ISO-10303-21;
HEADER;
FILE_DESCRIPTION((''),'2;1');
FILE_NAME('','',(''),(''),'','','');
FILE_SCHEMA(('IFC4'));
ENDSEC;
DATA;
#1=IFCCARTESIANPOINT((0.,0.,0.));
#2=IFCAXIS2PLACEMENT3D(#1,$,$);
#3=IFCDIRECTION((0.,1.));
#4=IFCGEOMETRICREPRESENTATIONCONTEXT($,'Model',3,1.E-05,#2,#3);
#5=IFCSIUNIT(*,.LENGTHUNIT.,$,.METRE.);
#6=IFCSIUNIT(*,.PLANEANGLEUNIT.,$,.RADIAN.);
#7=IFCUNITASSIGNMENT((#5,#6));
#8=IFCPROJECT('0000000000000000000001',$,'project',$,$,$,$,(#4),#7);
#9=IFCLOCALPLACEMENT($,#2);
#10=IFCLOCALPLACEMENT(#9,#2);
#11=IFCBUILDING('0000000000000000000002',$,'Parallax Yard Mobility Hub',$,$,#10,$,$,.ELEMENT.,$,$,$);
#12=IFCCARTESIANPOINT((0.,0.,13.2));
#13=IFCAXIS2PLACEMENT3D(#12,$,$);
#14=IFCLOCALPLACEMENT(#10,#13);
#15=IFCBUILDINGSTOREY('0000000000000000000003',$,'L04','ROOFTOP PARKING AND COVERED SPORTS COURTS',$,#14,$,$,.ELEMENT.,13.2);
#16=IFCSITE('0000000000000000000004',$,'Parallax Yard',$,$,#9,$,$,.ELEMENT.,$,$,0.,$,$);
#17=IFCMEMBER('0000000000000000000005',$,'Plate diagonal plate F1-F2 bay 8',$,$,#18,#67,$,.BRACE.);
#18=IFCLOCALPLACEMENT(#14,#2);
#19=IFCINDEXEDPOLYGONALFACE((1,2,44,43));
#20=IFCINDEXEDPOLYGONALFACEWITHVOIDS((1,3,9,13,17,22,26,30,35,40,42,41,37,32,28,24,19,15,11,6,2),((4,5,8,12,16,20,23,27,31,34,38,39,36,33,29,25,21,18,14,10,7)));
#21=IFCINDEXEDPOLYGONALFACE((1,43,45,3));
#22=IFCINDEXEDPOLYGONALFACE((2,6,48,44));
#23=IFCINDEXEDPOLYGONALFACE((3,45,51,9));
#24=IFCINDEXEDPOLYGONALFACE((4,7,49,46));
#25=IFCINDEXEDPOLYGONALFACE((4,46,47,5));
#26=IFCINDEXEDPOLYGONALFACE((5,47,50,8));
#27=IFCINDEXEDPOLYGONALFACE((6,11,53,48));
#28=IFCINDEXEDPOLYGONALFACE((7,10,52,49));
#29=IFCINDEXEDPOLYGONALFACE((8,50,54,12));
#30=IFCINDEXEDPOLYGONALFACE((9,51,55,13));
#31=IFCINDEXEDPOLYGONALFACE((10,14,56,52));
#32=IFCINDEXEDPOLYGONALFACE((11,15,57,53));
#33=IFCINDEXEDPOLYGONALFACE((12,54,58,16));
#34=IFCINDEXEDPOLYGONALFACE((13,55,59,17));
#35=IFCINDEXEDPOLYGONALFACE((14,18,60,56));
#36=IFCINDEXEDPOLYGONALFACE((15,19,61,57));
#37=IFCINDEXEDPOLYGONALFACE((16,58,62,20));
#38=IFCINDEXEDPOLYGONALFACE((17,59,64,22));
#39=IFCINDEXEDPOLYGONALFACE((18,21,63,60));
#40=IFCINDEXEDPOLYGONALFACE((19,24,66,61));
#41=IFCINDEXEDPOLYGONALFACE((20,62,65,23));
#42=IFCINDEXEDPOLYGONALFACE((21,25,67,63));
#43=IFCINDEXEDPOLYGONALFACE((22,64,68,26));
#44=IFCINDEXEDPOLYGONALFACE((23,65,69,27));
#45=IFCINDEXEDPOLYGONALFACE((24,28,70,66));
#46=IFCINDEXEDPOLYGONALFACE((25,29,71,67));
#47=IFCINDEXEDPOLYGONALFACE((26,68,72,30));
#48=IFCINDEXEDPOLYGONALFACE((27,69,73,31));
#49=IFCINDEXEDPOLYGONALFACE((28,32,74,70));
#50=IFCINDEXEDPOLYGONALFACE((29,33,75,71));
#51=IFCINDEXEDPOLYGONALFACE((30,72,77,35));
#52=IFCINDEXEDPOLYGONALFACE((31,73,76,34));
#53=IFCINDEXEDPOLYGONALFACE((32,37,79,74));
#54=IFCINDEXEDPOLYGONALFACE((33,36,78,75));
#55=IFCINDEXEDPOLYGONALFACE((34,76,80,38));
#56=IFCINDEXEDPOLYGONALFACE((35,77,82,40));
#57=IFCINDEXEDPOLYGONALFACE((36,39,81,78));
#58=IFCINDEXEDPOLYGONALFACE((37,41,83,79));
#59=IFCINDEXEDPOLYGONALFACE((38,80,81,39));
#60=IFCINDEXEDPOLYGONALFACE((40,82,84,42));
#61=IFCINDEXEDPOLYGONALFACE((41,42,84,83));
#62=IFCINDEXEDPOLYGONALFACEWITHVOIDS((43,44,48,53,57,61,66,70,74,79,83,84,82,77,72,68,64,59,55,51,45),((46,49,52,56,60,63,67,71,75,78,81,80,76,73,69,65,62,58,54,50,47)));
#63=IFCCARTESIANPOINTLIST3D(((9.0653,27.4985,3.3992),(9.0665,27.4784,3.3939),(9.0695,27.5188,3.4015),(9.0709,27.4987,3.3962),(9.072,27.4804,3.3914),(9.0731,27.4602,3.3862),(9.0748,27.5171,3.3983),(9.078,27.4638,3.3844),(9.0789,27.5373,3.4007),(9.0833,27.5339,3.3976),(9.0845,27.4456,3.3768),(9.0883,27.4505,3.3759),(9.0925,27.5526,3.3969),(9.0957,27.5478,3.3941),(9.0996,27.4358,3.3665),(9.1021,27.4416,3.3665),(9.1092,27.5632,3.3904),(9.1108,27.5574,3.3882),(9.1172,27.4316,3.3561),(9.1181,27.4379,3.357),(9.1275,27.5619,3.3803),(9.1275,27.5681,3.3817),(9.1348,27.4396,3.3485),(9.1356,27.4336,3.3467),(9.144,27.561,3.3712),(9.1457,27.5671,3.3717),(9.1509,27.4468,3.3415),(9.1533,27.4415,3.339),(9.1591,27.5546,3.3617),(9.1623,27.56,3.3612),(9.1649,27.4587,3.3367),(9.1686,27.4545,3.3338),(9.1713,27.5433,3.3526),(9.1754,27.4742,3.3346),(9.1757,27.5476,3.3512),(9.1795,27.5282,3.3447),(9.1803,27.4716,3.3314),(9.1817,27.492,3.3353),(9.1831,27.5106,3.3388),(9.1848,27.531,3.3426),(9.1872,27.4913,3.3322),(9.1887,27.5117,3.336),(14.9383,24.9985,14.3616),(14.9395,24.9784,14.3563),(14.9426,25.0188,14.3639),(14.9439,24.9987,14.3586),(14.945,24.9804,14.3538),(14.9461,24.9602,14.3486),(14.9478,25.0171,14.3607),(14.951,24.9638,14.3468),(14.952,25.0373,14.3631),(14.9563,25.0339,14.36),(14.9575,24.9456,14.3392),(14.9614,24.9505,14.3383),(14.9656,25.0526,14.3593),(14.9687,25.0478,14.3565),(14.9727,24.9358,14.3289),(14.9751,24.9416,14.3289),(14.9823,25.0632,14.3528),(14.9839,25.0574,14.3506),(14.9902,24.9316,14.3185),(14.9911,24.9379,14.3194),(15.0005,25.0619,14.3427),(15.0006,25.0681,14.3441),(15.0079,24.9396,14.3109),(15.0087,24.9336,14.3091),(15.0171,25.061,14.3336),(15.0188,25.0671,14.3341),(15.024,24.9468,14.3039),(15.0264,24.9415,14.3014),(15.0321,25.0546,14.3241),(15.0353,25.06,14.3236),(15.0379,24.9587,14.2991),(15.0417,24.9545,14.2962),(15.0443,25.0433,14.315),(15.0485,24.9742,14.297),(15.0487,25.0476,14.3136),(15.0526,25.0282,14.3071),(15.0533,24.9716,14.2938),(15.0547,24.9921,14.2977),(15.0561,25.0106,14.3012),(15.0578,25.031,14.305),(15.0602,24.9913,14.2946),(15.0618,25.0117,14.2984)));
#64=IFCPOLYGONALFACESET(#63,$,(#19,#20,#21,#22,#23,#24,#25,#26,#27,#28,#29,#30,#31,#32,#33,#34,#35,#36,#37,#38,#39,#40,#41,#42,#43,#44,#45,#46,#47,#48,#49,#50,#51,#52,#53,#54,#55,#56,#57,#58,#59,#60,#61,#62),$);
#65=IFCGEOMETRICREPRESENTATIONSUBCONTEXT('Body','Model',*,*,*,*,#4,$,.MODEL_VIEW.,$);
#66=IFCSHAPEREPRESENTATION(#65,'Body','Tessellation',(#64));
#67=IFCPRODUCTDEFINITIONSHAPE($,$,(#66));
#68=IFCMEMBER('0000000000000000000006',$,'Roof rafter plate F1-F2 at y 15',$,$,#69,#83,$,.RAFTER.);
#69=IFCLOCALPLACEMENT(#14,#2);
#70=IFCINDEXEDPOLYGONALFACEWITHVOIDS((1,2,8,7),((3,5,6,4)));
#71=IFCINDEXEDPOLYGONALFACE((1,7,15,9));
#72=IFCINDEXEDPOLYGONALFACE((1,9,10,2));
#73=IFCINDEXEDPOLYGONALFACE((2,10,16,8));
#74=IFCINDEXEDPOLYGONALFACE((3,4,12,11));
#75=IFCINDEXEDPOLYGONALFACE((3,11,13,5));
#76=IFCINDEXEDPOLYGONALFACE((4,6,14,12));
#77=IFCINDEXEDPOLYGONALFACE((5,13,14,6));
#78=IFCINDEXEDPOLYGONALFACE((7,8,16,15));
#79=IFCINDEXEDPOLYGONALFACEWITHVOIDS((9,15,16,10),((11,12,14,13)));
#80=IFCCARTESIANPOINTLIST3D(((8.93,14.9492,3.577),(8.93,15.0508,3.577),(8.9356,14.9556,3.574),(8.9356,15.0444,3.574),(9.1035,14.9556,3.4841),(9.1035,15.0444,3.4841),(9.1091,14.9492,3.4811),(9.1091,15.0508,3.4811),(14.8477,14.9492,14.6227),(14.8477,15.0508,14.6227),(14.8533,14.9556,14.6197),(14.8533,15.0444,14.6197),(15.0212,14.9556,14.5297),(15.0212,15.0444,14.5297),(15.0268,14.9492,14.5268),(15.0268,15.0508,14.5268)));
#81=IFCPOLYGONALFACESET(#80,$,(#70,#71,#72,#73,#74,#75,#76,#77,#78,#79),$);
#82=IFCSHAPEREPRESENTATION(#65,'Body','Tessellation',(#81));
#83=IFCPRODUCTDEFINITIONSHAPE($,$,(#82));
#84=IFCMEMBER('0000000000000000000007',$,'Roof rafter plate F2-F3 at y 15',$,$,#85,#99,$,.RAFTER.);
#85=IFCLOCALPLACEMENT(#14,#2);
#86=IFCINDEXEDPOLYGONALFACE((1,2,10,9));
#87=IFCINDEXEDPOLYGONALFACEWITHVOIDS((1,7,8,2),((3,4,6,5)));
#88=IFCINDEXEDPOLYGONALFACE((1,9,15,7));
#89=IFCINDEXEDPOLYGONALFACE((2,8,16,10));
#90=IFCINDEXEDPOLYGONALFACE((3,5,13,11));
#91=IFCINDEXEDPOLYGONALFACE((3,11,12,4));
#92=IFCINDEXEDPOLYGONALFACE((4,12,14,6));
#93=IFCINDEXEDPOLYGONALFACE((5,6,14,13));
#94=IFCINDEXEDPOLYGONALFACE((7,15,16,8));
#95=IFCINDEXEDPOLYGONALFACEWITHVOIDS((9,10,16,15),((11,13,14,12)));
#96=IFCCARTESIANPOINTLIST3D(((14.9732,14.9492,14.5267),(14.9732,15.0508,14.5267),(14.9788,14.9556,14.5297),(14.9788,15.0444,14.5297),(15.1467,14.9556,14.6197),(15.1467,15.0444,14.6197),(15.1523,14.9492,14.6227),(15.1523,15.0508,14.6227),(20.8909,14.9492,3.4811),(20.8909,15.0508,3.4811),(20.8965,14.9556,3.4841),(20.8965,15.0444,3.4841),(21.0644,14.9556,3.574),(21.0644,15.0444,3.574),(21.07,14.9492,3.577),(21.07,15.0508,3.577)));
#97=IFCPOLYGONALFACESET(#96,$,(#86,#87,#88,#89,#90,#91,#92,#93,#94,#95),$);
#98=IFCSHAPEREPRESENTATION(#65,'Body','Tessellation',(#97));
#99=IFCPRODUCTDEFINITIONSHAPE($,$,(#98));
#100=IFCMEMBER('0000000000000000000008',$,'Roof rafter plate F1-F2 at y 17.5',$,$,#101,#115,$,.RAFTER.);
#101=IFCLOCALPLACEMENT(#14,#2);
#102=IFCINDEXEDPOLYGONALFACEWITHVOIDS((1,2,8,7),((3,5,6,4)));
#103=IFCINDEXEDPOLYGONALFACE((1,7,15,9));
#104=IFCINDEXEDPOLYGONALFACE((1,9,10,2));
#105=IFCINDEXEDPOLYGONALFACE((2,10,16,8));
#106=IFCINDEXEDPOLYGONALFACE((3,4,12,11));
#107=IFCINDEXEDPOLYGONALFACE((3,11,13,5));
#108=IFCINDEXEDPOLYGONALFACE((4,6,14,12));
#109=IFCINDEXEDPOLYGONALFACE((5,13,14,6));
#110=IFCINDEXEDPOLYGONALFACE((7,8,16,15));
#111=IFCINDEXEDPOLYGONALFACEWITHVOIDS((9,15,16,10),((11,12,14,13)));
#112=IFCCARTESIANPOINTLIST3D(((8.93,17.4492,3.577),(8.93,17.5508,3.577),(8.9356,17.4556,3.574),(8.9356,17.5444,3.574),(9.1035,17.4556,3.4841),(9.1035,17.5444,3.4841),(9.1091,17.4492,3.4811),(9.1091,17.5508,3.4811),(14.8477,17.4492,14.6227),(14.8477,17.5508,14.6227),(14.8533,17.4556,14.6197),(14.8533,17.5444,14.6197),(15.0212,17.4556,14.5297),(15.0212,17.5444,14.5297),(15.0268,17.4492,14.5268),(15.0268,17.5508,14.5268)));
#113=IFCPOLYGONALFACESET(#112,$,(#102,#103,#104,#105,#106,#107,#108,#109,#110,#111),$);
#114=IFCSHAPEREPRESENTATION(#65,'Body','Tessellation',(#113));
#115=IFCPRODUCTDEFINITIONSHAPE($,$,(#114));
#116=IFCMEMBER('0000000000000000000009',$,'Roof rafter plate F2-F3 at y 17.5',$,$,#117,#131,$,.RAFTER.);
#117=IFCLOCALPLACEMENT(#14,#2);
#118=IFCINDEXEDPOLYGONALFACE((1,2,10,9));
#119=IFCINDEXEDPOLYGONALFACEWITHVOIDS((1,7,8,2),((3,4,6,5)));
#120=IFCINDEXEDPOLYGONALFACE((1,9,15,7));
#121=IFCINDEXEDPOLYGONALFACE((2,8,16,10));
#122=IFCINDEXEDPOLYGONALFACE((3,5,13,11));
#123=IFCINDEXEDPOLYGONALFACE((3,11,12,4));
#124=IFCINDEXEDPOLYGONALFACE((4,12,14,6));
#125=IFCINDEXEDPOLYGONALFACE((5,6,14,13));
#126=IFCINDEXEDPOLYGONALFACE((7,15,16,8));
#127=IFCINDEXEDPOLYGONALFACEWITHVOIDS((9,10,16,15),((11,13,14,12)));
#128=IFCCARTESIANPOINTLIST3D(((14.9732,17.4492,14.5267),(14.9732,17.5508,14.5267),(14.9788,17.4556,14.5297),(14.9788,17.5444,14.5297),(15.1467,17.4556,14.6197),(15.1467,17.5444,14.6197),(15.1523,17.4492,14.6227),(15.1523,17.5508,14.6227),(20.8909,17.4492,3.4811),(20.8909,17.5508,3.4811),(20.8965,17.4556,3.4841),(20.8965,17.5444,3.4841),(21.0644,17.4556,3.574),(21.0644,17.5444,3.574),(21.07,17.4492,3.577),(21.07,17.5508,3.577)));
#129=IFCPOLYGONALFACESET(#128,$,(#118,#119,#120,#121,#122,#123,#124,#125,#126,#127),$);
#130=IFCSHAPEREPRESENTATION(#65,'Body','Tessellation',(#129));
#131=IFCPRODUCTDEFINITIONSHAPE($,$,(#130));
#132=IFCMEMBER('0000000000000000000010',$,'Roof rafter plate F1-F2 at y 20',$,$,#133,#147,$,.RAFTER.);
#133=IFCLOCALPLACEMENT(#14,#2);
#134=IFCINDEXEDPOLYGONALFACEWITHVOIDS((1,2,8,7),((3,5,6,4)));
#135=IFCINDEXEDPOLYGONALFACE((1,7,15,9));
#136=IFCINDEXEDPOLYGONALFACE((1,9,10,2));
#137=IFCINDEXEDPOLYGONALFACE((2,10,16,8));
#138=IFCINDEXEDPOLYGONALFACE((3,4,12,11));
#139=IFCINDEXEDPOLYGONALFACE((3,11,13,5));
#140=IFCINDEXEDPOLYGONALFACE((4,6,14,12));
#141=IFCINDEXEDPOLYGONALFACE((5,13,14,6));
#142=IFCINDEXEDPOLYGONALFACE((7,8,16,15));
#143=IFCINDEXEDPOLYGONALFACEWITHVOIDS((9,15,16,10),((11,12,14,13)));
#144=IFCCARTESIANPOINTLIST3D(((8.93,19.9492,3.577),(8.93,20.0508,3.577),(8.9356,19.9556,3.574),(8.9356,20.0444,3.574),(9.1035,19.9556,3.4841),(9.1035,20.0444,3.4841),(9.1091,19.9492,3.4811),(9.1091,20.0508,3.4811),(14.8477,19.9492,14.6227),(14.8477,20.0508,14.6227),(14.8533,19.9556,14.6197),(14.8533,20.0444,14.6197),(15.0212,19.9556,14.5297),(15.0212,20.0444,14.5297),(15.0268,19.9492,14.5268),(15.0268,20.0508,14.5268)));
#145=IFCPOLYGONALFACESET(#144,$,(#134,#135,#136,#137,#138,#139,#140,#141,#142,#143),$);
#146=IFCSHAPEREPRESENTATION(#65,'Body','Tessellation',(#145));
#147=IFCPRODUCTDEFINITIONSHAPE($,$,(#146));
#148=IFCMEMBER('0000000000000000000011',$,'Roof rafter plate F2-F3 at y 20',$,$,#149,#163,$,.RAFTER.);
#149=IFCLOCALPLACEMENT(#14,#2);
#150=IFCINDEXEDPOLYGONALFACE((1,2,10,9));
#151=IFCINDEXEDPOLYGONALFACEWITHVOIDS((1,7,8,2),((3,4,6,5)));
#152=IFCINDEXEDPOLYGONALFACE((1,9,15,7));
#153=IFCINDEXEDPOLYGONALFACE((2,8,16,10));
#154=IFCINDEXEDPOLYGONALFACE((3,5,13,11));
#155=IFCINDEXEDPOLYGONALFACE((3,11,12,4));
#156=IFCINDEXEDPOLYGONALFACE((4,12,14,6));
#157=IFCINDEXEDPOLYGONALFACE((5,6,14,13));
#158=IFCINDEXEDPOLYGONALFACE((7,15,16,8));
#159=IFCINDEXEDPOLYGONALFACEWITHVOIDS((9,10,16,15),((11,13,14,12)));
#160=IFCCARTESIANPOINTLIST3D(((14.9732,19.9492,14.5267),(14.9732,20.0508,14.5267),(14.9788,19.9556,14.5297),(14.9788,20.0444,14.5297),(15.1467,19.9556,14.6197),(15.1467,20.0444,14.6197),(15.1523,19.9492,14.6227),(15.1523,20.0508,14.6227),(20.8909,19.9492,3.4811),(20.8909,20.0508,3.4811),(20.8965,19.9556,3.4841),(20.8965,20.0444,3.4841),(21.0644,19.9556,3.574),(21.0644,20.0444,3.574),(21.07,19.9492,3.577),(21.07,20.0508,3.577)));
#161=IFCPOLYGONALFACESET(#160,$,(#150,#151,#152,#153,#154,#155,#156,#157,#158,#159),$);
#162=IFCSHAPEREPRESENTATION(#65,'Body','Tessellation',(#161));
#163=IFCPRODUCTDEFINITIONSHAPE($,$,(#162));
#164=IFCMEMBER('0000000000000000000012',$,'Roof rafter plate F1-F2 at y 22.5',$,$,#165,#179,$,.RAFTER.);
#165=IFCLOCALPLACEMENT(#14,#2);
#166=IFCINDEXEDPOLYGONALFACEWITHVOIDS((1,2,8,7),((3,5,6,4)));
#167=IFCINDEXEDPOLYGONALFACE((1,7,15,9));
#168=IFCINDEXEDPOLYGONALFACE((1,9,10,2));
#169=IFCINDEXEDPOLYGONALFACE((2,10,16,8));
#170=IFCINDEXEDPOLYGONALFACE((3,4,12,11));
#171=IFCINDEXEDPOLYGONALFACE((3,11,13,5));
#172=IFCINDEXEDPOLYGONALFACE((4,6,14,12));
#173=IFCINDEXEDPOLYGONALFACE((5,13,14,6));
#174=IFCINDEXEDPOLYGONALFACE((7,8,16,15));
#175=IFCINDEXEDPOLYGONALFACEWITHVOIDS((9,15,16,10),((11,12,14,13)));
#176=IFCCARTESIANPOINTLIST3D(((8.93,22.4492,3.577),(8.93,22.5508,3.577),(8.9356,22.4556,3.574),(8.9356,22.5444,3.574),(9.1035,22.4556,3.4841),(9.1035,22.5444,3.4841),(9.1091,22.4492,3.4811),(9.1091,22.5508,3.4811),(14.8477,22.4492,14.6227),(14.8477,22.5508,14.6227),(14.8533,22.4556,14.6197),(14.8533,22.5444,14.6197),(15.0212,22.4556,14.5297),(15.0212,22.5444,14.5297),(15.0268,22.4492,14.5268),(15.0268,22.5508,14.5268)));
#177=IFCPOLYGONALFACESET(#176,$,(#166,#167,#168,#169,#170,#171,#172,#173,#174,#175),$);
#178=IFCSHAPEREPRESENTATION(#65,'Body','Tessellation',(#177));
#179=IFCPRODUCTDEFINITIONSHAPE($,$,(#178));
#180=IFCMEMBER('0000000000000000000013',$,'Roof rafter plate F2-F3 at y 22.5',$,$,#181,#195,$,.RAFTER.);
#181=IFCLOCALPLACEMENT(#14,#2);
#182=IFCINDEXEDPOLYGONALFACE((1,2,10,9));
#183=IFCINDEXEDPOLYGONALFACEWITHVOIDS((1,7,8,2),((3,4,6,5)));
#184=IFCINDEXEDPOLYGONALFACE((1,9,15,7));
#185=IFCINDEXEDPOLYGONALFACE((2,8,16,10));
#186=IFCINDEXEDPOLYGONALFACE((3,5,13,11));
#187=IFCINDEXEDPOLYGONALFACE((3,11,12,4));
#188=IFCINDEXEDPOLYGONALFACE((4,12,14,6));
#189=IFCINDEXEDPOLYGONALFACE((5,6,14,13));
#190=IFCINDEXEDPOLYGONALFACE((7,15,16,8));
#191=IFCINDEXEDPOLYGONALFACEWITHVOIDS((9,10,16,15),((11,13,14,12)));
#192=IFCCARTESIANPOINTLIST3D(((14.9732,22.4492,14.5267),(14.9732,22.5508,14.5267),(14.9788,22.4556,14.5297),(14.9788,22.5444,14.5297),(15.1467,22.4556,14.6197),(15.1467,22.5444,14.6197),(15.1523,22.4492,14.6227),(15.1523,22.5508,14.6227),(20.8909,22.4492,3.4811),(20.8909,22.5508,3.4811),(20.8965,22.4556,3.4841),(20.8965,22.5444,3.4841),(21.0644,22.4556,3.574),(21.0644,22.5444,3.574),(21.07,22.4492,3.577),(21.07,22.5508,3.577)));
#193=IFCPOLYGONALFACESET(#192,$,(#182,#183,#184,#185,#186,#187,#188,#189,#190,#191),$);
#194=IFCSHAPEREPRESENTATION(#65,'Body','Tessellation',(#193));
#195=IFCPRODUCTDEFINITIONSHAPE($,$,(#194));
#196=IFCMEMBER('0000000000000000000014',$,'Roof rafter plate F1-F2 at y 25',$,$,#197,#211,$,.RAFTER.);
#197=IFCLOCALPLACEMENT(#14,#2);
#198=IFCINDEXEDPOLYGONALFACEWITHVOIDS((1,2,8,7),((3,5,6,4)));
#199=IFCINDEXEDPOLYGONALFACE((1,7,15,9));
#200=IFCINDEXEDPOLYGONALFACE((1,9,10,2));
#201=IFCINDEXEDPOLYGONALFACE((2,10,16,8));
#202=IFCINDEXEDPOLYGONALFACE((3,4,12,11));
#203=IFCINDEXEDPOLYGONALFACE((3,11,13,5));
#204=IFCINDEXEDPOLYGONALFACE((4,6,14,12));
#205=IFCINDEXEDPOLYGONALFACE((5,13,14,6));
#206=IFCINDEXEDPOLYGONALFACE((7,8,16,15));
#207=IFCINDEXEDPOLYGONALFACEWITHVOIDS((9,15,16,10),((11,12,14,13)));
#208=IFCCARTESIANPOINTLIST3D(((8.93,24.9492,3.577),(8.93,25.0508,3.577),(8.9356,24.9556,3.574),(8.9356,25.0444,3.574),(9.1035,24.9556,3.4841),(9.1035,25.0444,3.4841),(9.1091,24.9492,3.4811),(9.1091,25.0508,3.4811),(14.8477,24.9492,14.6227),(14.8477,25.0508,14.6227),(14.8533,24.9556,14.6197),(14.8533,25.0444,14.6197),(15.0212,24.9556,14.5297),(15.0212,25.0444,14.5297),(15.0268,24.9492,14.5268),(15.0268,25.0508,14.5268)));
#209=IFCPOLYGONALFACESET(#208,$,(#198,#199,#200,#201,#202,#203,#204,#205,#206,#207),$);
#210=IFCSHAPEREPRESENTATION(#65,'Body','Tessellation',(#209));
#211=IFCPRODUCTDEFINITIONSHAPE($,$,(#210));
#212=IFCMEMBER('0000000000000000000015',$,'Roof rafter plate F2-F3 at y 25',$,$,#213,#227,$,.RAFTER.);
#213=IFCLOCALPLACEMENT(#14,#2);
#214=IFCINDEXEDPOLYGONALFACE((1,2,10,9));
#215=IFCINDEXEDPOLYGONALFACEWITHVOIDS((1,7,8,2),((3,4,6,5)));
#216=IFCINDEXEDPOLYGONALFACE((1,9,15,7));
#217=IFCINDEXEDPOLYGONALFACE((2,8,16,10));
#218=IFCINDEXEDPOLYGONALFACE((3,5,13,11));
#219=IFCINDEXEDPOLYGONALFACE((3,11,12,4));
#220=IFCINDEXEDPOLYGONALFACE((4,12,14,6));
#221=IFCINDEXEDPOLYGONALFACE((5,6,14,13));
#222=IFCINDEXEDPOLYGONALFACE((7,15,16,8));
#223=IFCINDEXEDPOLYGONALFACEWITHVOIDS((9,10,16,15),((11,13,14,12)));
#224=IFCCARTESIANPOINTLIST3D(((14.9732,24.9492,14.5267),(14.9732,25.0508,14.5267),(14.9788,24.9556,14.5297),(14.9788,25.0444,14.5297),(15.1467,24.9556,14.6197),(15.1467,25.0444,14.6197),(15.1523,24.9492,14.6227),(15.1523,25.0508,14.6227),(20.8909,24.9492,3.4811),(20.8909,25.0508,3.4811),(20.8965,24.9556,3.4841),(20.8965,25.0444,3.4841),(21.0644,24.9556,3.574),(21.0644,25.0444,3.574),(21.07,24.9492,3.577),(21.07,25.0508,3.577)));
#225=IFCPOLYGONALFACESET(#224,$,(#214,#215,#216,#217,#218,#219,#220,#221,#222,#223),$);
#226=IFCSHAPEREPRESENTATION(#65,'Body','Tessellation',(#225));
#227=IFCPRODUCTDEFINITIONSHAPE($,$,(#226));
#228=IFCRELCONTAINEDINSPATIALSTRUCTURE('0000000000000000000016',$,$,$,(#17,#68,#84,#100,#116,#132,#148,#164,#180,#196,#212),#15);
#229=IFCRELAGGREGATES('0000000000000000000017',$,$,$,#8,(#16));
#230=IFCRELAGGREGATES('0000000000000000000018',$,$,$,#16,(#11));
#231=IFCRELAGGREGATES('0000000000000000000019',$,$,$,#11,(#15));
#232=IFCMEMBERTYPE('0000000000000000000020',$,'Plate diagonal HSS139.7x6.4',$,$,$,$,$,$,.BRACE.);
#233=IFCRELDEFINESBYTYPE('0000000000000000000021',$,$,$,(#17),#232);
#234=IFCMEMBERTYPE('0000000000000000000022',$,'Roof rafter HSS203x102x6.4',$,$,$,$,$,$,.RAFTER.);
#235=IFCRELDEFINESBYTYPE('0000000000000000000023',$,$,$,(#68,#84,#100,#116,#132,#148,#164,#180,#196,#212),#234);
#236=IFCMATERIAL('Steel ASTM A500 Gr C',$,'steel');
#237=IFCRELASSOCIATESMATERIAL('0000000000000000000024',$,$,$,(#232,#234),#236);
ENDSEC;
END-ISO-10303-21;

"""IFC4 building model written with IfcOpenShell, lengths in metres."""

from ifc_helpers import new_model, si_unit, direction, frame, origin, origin_2d, place, context, subcontext, project, spatial, hollow_rectangle, hollow_circle, extrude, material, material_profile, profile_set, type_object, element, save


model = new_model("IFC4")

# Units and contexts
model_context = context("Model", 3, precision=1e-05, world=origin(), true_north=direction((0.0, 1.0)))
body_context = subcontext(model_context, "Body", "Model", "MODEL_VIEW")
ifc_project = project(units=[si_unit("LENGTHUNIT", "METRE"), si_unit("PLANEANGLEUNIT", "RADIAN")], contexts=[model_context])

# Site, building, storey
site_placement = place(None, origin())
site = spatial("IfcSite", under=ifc_project, at=site_placement, Name="Parallax Yard", CompositionType="ELEMENT", RefElevation=0.0)
building_placement = place(site_placement, origin())
building = spatial("IfcBuilding", under=site, at=building_placement, Name="Parallax Yard Mobility Hub", CompositionType="ELEMENT")
storey_placement = place(building_placement, frame((0.0, 0.0, 13.2)))
storey = spatial("IfcBuildingStorey", under=building, at=storey_placement, Name="L04", Description="ROOFTOP PARKING AND COVERED SPORTS COURTS", CompositionType="ELEMENT", Elevation=13.2)

# Members
ifc_material_1 = material(Name="Steel ASTM A500 Gr C", Category="steel")
ifc_material_profile_1 = material_profile(ifc_material_1, hollow_circle(Radius=0.0698, WallThickness=0.0063, at=origin_2d()), Name="HSS139.7x6.4")
ifc_profile_set_1 = profile_set([ifc_material_profile_1], Name="Steel ASTM A500 Gr C")
member_type_1 = type_object("IfcMemberType", Name="Plate diagonal HSS139.7x6.4", PredefinedType="BRACE", material=ifc_profile_set_1)
member_1_placement = place(storey_placement, frame((15.0, 25.0, 14.3289), z_axis=(-0.46298, 0.197078, -0.864181), x_axis=(-0.391665, -0.920108, 0.0)))
element("IfcMember", 1, at=member_1_placement, inside=storey, type_object=member_type_1, Name="Plate diagonal plate F1-F2 bay 8", PredefinedType="BRACE", context=body_context, shape_type="SweptSolid", body=[
    extrude(hollow_circle(Radius=0.0698, WallThickness=0.0063, at=origin_2d()), origin(), (0.0, 0.0, 1.0), 12.6853),
])
ifc_material_profile_2 = material_profile(ifc_material_1, hollow_rectangle(XDim=0.1016, YDim=0.2031, WallThickness=0.0063, at=origin_2d()), Name="HSS203x102x6.4")
ifc_profile_set_2 = profile_set([ifc_material_profile_2], Name="Steel ASTM A500 Gr C")
member_type_2 = type_object("IfcMemberType", Name="Roof rafter HSS203x102x6.4", PredefinedType="RAFTER", material=ifc_profile_set_2)
for number, where, z_axis, x_axis, name in (
    (2, (9.0195, 15.0, 3.5291), (0.472247, 0.0, 0.881466), (0.0, 1.0, 0.0), "Roof rafter plate F1-F2 at y 15"),
    (3, (15.0627, 15.0, 14.5747), (0.472247, 0.0, -0.881466), (0.0, 1.0, 0.0), "Roof rafter plate F2-F3 at y 15"),
    (4, (9.0195, 17.5, 3.5291), (0.472247, 0.0, 0.881466), (0.0, 1.0, 0.0), "Roof rafter plate F1-F2 at y 17.5"),
    (5, (15.0627, 17.5, 14.5747), (0.472247, 0.0, -0.881466), (0.0, 1.0, 0.0), "Roof rafter plate F2-F3 at y 17.5"),
    (6, (9.0195, 20.0, 3.5291), (0.472247, 0.0, 0.881466), (0.0, 1.0, 0.0), "Roof rafter plate F1-F2 at y 20"),
    (7, (15.0627, 20.0, 14.5747), (0.472247, 0.0, -0.881466), (0.0, 1.0, 0.0), "Roof rafter plate F2-F3 at y 20"),
    (8, (9.0195, 22.5, 3.5291), (0.472247, 0.0, 0.881466), (0.0, 1.0, 0.0), "Roof rafter plate F1-F2 at y 22.5"),
    (9, (15.0627, 22.5, 14.5747), (0.472247, 0.0, -0.881466), (0.0, 1.0, 0.0), "Roof rafter plate F2-F3 at y 22.5"),
    (10, (9.0195, 25.0, 3.5291), (0.472247, 0.0, 0.881466), (0.0, 1.0, 0.0), "Roof rafter plate F1-F2 at y 25"),
    (11, (15.0627, 25.0, 14.5747), (0.472247, 0.0, -0.881466), (0.0, 1.0, 0.0), "Roof rafter plate F2-F3 at y 25"),
):
    element("IfcMember", number, at=place(storey_placement, frame(where, z_axis=z_axis, x_axis=x_axis)), inside=storey, type_object=member_type_2, Name=name, PredefinedType="RAFTER", context=body_context, shape_type="SweptSolid", body=[
        extrude(hollow_rectangle(XDim=0.1016, YDim=0.2031, WallThickness=0.0063, at=origin_2d()), origin(), (0.0, 0.0, 1.0), 12.531),
    ])

save(model, "model.ifc")
